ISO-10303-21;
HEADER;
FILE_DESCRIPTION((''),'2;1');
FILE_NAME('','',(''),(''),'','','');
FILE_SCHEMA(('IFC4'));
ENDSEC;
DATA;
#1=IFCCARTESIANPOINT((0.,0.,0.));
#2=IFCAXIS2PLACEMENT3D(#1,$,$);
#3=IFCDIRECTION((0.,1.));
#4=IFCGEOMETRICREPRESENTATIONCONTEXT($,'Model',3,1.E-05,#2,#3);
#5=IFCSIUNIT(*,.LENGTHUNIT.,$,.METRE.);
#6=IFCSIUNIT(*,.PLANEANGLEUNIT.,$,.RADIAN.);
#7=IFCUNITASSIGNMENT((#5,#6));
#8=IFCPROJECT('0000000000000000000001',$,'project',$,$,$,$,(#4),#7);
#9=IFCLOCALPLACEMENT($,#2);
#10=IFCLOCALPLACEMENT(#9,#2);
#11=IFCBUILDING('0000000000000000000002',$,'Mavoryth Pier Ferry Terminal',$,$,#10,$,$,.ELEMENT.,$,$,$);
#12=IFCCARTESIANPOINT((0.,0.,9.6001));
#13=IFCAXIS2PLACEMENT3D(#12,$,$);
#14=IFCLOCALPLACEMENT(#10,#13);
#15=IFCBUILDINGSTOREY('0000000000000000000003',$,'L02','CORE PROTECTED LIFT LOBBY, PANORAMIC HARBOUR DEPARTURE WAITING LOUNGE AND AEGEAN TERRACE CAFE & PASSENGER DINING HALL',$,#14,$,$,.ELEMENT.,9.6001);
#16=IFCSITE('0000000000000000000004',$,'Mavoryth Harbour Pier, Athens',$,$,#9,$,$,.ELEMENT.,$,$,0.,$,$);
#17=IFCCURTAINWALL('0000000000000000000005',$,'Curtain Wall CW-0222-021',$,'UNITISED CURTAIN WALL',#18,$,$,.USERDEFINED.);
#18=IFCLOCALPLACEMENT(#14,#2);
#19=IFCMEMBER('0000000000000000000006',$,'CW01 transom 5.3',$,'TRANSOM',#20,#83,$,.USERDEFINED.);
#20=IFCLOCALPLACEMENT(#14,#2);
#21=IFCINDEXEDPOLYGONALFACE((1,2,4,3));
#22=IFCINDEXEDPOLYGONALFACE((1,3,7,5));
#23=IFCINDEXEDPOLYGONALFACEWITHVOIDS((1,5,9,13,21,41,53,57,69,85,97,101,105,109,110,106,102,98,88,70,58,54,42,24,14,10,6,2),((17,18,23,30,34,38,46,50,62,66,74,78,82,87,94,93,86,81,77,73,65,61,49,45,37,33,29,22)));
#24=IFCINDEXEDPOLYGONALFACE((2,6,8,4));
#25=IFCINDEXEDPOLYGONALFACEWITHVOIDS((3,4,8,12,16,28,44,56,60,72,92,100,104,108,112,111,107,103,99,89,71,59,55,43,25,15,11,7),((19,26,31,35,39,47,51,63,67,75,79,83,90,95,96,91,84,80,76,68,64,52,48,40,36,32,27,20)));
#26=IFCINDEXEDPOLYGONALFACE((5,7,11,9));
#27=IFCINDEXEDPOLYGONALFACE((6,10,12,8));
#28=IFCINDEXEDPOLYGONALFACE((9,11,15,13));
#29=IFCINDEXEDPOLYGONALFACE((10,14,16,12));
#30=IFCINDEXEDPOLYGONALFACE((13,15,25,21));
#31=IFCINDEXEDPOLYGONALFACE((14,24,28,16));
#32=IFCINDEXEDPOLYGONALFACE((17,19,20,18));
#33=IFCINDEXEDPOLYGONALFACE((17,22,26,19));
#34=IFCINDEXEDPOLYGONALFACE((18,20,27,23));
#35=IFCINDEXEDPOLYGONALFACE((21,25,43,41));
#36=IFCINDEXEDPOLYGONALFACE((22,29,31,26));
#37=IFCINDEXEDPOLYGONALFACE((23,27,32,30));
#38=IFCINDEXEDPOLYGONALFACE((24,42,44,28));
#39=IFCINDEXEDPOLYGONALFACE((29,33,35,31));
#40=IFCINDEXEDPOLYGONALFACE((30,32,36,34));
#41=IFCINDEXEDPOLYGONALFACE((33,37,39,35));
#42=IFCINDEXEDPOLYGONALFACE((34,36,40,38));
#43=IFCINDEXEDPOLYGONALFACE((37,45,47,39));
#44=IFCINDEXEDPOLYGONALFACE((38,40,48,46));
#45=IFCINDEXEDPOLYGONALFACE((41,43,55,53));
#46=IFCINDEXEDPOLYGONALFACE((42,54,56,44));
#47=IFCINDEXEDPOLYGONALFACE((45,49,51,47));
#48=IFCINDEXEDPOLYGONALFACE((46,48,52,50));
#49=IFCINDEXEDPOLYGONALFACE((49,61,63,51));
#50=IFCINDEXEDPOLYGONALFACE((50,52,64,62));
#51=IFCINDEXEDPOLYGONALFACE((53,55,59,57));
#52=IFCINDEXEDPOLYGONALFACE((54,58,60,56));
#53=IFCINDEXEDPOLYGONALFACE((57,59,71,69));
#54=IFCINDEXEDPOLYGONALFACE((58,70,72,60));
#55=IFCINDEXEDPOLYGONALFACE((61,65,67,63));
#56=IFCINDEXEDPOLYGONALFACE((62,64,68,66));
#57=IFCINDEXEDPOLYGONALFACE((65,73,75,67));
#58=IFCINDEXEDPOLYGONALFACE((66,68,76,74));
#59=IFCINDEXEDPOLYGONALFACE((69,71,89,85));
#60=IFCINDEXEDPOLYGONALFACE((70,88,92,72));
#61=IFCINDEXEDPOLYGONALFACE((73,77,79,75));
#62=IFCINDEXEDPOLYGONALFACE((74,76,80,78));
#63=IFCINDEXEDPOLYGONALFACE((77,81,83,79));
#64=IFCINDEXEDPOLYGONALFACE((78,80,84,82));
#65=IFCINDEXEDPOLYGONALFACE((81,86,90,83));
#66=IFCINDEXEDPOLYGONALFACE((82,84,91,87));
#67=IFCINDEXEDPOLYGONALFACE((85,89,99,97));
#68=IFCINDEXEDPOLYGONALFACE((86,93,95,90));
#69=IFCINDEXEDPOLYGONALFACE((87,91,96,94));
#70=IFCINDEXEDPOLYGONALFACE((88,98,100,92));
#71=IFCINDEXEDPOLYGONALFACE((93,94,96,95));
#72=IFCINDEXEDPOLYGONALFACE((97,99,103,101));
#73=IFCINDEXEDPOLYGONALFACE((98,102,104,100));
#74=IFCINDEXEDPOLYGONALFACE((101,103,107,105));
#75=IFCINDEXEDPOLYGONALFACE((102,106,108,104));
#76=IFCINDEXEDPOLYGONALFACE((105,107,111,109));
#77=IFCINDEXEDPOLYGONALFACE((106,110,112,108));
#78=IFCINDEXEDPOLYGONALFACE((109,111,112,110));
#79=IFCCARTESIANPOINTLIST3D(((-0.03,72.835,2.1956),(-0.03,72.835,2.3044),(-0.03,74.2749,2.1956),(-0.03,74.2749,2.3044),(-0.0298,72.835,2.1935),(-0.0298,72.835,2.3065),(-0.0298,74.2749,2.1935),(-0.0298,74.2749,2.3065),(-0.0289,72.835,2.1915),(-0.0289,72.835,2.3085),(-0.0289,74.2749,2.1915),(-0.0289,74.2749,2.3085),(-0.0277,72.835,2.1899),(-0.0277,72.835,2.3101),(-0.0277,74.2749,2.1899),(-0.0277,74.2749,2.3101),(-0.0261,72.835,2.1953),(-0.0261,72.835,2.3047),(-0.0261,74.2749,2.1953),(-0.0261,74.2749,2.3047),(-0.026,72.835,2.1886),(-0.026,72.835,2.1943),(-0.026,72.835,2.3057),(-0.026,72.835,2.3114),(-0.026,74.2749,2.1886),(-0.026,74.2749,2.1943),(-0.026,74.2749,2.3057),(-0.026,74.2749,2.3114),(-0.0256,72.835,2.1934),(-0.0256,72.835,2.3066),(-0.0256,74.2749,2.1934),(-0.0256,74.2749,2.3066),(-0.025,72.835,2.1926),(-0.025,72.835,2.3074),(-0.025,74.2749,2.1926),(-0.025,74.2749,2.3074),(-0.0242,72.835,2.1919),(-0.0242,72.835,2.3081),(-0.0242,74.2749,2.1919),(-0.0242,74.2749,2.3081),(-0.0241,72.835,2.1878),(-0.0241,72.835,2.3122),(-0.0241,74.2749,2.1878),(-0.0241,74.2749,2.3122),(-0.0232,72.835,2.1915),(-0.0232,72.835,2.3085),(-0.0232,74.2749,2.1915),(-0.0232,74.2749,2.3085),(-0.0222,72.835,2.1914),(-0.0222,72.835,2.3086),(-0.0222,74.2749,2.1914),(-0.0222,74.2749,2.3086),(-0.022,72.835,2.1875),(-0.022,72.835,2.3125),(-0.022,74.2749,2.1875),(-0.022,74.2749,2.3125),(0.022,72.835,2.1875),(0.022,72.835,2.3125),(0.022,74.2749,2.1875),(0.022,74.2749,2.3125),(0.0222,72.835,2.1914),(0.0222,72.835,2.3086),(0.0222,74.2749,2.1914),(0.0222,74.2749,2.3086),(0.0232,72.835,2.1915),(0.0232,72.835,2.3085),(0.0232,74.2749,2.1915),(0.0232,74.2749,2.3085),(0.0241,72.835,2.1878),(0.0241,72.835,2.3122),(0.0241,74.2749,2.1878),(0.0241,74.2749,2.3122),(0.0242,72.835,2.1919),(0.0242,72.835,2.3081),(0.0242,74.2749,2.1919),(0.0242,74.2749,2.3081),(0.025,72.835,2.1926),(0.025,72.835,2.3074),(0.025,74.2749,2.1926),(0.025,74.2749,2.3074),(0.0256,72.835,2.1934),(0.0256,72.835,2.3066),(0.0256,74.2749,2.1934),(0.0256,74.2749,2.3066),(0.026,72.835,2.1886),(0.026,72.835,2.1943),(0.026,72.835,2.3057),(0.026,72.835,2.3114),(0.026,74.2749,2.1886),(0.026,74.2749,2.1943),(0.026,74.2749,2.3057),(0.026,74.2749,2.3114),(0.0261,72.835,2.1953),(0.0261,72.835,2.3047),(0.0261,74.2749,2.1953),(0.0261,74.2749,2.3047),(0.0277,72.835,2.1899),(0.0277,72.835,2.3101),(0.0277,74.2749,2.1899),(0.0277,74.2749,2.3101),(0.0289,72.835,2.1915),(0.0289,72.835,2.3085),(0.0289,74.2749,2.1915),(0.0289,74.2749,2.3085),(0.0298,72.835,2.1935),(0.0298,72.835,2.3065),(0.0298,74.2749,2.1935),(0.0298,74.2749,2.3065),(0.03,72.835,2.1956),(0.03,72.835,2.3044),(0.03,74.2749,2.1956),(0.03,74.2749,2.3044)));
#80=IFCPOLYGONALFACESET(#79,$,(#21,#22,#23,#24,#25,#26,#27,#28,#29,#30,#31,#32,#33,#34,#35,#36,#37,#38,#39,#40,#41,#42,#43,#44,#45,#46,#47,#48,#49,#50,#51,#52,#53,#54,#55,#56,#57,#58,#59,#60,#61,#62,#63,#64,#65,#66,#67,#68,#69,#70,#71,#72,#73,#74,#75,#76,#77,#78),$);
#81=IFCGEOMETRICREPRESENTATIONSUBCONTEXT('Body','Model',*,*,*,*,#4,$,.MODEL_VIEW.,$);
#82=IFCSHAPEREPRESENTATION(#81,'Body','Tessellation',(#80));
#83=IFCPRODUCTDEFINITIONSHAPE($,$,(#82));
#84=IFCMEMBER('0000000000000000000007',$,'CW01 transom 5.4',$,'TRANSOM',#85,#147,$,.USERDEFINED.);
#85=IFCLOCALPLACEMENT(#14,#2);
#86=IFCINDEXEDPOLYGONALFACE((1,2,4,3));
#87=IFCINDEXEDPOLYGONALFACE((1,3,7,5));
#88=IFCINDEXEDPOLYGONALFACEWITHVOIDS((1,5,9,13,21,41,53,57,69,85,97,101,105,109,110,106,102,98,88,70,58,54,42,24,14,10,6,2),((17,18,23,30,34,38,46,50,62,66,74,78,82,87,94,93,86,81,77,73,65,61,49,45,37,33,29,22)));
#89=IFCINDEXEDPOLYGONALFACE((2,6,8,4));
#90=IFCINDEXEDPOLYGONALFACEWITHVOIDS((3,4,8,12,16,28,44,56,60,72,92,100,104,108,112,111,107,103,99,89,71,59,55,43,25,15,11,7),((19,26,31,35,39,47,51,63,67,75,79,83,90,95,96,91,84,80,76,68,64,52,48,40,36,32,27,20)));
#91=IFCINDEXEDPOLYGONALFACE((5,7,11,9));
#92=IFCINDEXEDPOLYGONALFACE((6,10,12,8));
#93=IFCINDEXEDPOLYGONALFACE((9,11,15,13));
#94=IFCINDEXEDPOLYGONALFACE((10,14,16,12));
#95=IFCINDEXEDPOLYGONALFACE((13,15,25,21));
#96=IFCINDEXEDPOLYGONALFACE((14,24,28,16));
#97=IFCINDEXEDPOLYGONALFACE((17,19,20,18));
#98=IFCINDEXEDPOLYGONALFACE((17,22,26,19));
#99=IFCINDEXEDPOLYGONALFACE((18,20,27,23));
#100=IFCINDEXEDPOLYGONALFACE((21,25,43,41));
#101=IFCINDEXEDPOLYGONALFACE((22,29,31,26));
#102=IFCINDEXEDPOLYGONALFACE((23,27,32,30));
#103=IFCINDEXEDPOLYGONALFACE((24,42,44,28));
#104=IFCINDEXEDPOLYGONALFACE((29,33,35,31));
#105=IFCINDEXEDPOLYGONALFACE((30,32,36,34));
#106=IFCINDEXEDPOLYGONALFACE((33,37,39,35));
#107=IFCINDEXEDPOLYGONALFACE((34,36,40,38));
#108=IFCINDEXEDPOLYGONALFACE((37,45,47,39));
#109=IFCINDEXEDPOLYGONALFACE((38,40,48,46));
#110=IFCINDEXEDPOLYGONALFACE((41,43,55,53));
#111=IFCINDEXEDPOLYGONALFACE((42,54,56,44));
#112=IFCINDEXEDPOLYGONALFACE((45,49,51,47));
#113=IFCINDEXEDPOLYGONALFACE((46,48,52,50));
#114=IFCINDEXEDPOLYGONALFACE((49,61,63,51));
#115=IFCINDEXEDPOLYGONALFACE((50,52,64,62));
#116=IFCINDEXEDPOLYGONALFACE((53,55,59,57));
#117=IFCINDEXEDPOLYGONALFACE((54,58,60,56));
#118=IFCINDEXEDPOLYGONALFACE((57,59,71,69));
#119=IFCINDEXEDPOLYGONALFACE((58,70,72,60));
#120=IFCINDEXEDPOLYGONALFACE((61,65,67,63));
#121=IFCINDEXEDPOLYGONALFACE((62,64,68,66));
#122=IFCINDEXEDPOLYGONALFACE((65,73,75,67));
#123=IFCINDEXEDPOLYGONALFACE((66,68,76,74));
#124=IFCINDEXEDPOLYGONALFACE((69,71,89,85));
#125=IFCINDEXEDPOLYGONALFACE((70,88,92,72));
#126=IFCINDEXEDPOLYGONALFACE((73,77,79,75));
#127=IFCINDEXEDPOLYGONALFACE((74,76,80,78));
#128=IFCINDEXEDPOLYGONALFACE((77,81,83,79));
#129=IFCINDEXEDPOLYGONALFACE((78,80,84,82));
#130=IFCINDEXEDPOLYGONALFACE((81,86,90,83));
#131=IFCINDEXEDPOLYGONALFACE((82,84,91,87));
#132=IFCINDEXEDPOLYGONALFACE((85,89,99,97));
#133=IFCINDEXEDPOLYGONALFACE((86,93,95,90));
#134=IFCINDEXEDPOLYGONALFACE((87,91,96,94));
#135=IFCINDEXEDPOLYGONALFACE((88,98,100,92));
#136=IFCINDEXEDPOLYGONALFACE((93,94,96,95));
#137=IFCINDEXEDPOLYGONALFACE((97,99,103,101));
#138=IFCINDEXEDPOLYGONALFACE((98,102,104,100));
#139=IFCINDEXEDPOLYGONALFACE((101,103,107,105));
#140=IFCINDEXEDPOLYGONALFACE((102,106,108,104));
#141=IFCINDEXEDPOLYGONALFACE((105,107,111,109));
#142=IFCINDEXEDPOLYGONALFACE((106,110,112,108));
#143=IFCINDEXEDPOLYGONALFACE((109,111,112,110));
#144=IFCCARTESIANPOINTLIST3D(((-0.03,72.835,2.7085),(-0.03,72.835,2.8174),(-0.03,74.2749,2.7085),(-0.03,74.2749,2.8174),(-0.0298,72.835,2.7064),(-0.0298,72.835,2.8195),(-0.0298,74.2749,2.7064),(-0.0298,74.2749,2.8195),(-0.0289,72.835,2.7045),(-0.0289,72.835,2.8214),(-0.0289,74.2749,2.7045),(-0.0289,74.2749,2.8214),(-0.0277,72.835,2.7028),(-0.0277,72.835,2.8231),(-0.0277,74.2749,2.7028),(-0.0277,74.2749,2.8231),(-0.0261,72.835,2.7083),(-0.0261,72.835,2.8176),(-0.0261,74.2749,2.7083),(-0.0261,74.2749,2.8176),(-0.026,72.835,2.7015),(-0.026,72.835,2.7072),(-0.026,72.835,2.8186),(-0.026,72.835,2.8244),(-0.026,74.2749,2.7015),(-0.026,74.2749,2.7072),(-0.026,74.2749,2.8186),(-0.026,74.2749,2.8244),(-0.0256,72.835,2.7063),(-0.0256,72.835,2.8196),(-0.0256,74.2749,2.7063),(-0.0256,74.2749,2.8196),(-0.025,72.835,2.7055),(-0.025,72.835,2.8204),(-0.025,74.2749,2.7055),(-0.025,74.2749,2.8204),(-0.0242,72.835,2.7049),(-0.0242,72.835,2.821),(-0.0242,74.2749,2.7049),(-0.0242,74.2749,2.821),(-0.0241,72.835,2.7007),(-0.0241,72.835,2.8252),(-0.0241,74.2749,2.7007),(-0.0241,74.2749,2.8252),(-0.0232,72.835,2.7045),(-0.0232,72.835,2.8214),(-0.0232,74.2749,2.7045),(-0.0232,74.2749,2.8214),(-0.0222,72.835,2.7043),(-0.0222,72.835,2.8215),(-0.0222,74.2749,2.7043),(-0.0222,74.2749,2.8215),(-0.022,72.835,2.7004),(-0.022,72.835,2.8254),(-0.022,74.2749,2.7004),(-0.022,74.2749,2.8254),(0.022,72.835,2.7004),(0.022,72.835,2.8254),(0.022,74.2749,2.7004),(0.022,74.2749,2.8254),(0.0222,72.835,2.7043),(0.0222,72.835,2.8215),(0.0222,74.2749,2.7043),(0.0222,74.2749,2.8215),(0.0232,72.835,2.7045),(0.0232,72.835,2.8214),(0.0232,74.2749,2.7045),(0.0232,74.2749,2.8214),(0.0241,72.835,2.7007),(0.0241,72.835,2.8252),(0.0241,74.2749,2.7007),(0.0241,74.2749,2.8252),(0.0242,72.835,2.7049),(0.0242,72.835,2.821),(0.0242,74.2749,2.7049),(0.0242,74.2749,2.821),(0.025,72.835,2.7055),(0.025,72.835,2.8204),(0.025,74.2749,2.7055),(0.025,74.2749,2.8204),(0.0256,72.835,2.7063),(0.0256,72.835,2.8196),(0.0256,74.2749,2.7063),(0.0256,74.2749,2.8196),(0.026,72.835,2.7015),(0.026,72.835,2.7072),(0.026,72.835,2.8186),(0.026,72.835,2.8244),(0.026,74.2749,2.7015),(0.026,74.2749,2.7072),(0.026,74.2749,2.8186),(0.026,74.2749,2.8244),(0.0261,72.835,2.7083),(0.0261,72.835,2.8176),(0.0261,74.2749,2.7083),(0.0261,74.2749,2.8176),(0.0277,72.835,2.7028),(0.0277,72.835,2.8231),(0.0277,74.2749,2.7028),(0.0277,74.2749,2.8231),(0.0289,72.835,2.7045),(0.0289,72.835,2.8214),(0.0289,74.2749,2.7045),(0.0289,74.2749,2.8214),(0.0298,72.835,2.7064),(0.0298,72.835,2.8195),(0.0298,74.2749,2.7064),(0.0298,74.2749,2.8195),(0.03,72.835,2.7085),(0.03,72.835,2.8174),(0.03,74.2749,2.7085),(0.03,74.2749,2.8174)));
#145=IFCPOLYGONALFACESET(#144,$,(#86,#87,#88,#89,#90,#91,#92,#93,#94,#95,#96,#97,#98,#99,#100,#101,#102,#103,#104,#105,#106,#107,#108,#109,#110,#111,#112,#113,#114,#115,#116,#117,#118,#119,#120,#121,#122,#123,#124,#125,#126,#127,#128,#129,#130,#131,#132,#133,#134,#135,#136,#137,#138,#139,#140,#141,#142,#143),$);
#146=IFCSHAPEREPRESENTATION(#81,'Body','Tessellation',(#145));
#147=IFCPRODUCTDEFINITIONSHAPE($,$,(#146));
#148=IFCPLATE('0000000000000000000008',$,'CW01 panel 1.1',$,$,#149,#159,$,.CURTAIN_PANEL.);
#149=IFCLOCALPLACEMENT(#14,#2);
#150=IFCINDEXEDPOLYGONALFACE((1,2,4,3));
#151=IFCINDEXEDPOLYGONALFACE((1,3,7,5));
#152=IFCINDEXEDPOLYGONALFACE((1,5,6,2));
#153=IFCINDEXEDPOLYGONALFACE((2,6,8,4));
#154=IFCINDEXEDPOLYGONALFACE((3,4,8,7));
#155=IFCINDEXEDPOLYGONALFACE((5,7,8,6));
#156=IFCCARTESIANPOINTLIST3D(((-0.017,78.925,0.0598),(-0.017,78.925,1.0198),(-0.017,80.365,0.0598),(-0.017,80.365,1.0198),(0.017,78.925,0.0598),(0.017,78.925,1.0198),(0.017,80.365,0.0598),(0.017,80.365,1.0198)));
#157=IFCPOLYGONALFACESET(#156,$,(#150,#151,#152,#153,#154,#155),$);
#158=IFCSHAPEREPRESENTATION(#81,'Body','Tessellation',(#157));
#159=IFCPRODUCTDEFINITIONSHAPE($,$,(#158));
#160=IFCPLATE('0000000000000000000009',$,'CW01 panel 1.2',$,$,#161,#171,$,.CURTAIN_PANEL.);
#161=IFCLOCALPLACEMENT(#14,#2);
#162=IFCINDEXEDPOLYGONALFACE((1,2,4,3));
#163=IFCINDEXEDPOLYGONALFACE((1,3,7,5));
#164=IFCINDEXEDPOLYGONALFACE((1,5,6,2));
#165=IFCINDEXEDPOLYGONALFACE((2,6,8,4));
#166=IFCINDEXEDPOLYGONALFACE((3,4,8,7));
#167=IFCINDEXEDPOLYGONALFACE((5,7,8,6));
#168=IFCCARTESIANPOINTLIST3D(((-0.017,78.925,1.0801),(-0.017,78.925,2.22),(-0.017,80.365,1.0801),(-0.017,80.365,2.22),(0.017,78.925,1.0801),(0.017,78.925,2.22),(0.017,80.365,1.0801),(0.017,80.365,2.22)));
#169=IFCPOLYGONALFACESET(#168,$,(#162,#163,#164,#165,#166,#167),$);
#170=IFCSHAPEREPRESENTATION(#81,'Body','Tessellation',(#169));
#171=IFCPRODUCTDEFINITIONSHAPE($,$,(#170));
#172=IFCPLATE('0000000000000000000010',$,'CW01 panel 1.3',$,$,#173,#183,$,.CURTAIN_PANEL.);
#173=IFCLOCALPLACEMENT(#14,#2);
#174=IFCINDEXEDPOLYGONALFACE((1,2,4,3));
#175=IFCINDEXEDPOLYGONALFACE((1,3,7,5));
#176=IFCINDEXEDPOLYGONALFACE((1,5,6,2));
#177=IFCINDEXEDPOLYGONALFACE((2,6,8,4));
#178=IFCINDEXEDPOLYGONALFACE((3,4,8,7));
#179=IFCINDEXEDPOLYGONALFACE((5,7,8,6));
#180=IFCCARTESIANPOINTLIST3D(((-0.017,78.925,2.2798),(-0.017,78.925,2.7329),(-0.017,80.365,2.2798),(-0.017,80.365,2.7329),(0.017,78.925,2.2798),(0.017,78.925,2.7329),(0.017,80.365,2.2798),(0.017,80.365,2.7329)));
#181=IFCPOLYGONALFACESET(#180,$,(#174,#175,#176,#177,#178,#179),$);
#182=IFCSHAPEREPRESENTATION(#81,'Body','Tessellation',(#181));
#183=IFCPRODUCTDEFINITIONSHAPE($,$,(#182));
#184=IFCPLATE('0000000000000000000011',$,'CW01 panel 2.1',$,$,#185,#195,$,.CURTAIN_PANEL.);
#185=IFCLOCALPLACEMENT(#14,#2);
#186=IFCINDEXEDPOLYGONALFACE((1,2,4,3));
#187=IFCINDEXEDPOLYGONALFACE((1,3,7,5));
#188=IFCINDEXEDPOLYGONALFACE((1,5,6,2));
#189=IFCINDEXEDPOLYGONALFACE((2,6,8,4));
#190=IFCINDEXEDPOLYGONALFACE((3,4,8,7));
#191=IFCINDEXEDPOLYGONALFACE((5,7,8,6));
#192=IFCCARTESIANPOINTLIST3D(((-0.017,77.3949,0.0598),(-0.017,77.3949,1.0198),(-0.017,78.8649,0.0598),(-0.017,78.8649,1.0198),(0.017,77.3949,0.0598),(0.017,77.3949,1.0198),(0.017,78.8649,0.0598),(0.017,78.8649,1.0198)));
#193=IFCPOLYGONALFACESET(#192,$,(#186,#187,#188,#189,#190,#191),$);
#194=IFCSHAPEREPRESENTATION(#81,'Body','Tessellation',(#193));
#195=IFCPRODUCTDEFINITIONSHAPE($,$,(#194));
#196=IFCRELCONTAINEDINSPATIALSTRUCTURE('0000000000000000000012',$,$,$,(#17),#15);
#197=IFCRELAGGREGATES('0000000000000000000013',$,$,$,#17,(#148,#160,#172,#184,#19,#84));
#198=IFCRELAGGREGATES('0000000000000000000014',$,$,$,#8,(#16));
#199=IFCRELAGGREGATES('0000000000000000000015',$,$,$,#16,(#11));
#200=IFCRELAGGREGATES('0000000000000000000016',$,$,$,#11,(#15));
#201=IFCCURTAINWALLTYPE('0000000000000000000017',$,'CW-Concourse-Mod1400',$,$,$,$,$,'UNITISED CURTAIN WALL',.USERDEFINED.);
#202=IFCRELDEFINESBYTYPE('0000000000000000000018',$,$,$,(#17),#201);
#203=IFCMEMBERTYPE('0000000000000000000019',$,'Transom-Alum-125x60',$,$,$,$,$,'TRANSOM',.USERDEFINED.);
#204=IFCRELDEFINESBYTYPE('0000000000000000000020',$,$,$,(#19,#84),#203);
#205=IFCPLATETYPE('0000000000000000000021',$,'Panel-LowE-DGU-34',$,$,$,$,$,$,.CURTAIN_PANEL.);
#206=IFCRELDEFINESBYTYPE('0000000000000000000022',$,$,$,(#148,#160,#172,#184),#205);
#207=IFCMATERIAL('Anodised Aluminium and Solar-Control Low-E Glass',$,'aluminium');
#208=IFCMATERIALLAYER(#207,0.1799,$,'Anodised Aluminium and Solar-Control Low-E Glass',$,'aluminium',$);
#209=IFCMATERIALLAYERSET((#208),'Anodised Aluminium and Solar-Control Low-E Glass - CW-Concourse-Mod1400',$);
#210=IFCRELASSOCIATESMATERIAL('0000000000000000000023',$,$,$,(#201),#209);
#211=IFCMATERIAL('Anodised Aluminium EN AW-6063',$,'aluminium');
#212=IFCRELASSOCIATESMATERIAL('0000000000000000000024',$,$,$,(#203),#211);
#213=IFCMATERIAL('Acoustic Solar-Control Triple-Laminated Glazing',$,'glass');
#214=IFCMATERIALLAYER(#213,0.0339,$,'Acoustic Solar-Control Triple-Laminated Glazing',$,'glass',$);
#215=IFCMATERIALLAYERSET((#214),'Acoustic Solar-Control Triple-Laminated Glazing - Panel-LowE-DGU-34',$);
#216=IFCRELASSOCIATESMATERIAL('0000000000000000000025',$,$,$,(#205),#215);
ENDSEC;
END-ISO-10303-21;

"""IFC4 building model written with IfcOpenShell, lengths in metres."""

from ifc_helpers import new_model, si_unit, direction, frame, origin, origin_2d, place, context, subcontext, project, spatial, rectangle, hollow_rectangle, extrude, material, layer, layer_set, material_profile, profile_set, type_object, element, aggregate, save


model = new_model("IFC4")

# Units and contexts
model_context = context("Model", 3, precision=1e-05, world=origin(), true_north=direction((0.0, 1.0)))
body_context = subcontext(model_context, "Body", "Model", "MODEL_VIEW")
ifc_project = project(units=[si_unit("LENGTHUNIT", "METRE"), si_unit("PLANEANGLEUNIT", "RADIAN")], contexts=[model_context])

# Site, building, storey
site_placement = place(None, origin())
site = spatial("IfcSite", under=ifc_project, at=site_placement, Name="Mavoryth Harbour Pier, Athens", CompositionType="ELEMENT", RefElevation=0.0)
building_placement = place(site_placement, origin())
building = spatial("IfcBuilding", under=site, at=building_placement, Name="Mavoryth Pier Ferry Terminal", CompositionType="ELEMENT")
storey_placement = place(building_placement, frame((0.0, 0.0, 9.6001)))
storey = spatial("IfcBuildingStorey", under=building, at=storey_placement, Name="L02", Description="CORE PROTECTED LIFT LOBBY, PANORAMIC HARBOUR DEPARTURE WAITING LOUNGE AND AEGEAN TERRACE CAFE & PASSENGER DINING HALL", CompositionType="ELEMENT", Elevation=9.6001)

# Curtain wall
ifc_material_1 = material(Name="Anodised Aluminium and Solar-Control Low-E Glass", Category="aluminium")
ifc_layer_1 = layer(ifc_material_1, 0.1799, Name="Anodised Aluminium and Solar-Control Low-E Glass", Category="aluminium")
ifc_layer_set_1 = layer_set([ifc_layer_1], Name="Anodised Aluminium and Solar-Control Low-E Glass - CW-Concourse-Mod1400")
curtain_wall_type = type_object("IfcCurtainWallType", Name="CW-Concourse-Mod1400", ElementType="UNITISED CURTAIN WALL", PredefinedType="USERDEFINED", material=ifc_layer_set_1)
curtain_wall_placement = place(storey_placement, origin())
curtain_wall = element("IfcCurtainWall", 1, at=curtain_wall_placement, inside=storey, type_object=curtain_wall_type, Name="Curtain Wall CW-0222-021", ObjectType="UNITISED CURTAIN WALL", PredefinedType="USERDEFINED")
ifc_material_2 = material(Name="Anodised Aluminium EN AW-6063", Category="aluminium")

# Members
ifc_material_profile_1 = material_profile(ifc_material_2, hollow_rectangle(XDim=0.0601, YDim=0.125, WallThickness=0.0039, InnerFilletRadius=0.0039, OuterFilletRadius=0.0081, at=origin_2d()), Name="AL-TRAN 125x60x4", Category="aluminium")
ifc_profile_set_1 = profile_set([ifc_material_profile_1], Name="Anodised Aluminium EN AW-6063 - AL-TRAN 125x60x4")
member_type_1 = type_object("IfcMemberType", Name="Transom-Alum-125x60", ElementType="TRANSOM", PredefinedType="USERDEFINED", material=ifc_profile_set_1)
member_1_placement = place(storey_placement, frame((0.0, 74.2749, 2.25), z_axis=(0.0, -1.0, 0.0), x_axis=(1.0, 0.0, 0.0)))
member_1 = element("IfcMember", 2, at=member_1_placement, type_object=member_type_1, Name="CW01 transom 5.3", ObjectType="TRANSOM", PredefinedType="USERDEFINED", context=body_context, shape_type="SweptSolid", body=[
    extrude(hollow_rectangle(XDim=0.0601, YDim=0.125, WallThickness=0.0039, InnerFilletRadius=0.0039, OuterFilletRadius=0.0081, at=origin_2d()), origin(), (0.0, 0.0, 1.0), 1.4399),
])
member_2_placement = place(storey_placement, frame((0.0, 74.2749, 2.7629), z_axis=(0.0, -1.0, 0.0), x_axis=(1.0, 0.0, 0.0)))
member_2 = element("IfcMember", 3, at=member_2_placement, type_object=member_type_1, Name="CW01 transom 5.4", ObjectType="TRANSOM", PredefinedType="USERDEFINED", context=body_context, shape_type="SweptSolid", body=[
    extrude(hollow_rectangle(XDim=0.0601, YDim=0.125, WallThickness=0.0039, InnerFilletRadius=0.0039, OuterFilletRadius=0.0081, at=origin_2d()), origin(), (0.0, 0.0, 1.0), 1.4399),
])

# Plates
ifc_material_3 = material(Name="Acoustic Solar-Control Triple-Laminated Glazing", Category="glass")
ifc_layer_2 = layer(ifc_material_3, 0.0339, Name="Acoustic Solar-Control Triple-Laminated Glazing", Category="glass")
ifc_layer_set_2 = layer_set([ifc_layer_2], Name="Acoustic Solar-Control Triple-Laminated Glazing - Panel-LowE-DGU-34")
plate_type = type_object("IfcPlateType", Name="Panel-LowE-DGU-34", PredefinedType="CURTAIN_PANEL", material=ifc_layer_set_2)
plate_1_placement = place(storey_placement, frame((0.0, 79.645, 0.0598), z_axis=(0.0, 0.0, 1.0), x_axis=(0.0, -1.0, 0.0)))
plate_1 = element("IfcPlate", 4, at=plate_1_placement, type_object=plate_type, Name="CW01 panel 1.1", PredefinedType="CURTAIN_PANEL", context=body_context, shape_type="SweptSolid", body=[
    extrude(rectangle(XDim=1.4399, YDim=0.0339, at=origin_2d()), origin(), (0.0, 0.0, 1.0), 0.96),
])
plate_2_placement = place(storey_placement, frame((0.0, 79.645, 1.0801), z_axis=(0.0, 0.0, 1.0), x_axis=(0.0, -1.0, 0.0)))
plate_2 = element("IfcPlate", 5, at=plate_2_placement, type_object=plate_type, Name="CW01 panel 1.2", PredefinedType="CURTAIN_PANEL", context=body_context, shape_type="SweptSolid", body=[
    extrude(rectangle(XDim=1.4399, YDim=0.0339, at=origin_2d()), origin(), (0.0, 0.0, 1.0), 1.1399),
])
plate_3_placement = place(storey_placement, frame((0.0, 79.645, 2.2798), z_axis=(0.0, 0.0, 1.0), x_axis=(0.0, -1.0, 0.0)))
plate_3 = element("IfcPlate", 6, at=plate_3_placement, type_object=plate_type, Name="CW01 panel 1.3", PredefinedType="CURTAIN_PANEL", context=body_context, shape_type="SweptSolid", body=[
    extrude(rectangle(XDim=1.4399, YDim=0.0339, at=origin_2d()), origin(), (0.0, 0.0, 1.0), 0.4531),
])
plate_4_placement = place(storey_placement, frame((0.0, 78.1299, 0.0598), z_axis=(0.0, 0.0, 1.0), x_axis=(0.0, -1.0, 0.0)))
plate_4 = element("IfcPlate", 7, at=plate_4_placement, type_object=plate_type, Name="CW01 panel 2.1", PredefinedType="CURTAIN_PANEL", context=body_context, shape_type="SweptSolid", body=[
    extrude(rectangle(XDim=1.47, YDim=0.0339, at=origin_2d()), origin(), (0.0, 0.0, 1.0), 0.96),
])
aggregate(curtain_wall, [plate_1, plate_2, plate_3, plate_4, member_1, member_2])

save(model, "model.ifc")
